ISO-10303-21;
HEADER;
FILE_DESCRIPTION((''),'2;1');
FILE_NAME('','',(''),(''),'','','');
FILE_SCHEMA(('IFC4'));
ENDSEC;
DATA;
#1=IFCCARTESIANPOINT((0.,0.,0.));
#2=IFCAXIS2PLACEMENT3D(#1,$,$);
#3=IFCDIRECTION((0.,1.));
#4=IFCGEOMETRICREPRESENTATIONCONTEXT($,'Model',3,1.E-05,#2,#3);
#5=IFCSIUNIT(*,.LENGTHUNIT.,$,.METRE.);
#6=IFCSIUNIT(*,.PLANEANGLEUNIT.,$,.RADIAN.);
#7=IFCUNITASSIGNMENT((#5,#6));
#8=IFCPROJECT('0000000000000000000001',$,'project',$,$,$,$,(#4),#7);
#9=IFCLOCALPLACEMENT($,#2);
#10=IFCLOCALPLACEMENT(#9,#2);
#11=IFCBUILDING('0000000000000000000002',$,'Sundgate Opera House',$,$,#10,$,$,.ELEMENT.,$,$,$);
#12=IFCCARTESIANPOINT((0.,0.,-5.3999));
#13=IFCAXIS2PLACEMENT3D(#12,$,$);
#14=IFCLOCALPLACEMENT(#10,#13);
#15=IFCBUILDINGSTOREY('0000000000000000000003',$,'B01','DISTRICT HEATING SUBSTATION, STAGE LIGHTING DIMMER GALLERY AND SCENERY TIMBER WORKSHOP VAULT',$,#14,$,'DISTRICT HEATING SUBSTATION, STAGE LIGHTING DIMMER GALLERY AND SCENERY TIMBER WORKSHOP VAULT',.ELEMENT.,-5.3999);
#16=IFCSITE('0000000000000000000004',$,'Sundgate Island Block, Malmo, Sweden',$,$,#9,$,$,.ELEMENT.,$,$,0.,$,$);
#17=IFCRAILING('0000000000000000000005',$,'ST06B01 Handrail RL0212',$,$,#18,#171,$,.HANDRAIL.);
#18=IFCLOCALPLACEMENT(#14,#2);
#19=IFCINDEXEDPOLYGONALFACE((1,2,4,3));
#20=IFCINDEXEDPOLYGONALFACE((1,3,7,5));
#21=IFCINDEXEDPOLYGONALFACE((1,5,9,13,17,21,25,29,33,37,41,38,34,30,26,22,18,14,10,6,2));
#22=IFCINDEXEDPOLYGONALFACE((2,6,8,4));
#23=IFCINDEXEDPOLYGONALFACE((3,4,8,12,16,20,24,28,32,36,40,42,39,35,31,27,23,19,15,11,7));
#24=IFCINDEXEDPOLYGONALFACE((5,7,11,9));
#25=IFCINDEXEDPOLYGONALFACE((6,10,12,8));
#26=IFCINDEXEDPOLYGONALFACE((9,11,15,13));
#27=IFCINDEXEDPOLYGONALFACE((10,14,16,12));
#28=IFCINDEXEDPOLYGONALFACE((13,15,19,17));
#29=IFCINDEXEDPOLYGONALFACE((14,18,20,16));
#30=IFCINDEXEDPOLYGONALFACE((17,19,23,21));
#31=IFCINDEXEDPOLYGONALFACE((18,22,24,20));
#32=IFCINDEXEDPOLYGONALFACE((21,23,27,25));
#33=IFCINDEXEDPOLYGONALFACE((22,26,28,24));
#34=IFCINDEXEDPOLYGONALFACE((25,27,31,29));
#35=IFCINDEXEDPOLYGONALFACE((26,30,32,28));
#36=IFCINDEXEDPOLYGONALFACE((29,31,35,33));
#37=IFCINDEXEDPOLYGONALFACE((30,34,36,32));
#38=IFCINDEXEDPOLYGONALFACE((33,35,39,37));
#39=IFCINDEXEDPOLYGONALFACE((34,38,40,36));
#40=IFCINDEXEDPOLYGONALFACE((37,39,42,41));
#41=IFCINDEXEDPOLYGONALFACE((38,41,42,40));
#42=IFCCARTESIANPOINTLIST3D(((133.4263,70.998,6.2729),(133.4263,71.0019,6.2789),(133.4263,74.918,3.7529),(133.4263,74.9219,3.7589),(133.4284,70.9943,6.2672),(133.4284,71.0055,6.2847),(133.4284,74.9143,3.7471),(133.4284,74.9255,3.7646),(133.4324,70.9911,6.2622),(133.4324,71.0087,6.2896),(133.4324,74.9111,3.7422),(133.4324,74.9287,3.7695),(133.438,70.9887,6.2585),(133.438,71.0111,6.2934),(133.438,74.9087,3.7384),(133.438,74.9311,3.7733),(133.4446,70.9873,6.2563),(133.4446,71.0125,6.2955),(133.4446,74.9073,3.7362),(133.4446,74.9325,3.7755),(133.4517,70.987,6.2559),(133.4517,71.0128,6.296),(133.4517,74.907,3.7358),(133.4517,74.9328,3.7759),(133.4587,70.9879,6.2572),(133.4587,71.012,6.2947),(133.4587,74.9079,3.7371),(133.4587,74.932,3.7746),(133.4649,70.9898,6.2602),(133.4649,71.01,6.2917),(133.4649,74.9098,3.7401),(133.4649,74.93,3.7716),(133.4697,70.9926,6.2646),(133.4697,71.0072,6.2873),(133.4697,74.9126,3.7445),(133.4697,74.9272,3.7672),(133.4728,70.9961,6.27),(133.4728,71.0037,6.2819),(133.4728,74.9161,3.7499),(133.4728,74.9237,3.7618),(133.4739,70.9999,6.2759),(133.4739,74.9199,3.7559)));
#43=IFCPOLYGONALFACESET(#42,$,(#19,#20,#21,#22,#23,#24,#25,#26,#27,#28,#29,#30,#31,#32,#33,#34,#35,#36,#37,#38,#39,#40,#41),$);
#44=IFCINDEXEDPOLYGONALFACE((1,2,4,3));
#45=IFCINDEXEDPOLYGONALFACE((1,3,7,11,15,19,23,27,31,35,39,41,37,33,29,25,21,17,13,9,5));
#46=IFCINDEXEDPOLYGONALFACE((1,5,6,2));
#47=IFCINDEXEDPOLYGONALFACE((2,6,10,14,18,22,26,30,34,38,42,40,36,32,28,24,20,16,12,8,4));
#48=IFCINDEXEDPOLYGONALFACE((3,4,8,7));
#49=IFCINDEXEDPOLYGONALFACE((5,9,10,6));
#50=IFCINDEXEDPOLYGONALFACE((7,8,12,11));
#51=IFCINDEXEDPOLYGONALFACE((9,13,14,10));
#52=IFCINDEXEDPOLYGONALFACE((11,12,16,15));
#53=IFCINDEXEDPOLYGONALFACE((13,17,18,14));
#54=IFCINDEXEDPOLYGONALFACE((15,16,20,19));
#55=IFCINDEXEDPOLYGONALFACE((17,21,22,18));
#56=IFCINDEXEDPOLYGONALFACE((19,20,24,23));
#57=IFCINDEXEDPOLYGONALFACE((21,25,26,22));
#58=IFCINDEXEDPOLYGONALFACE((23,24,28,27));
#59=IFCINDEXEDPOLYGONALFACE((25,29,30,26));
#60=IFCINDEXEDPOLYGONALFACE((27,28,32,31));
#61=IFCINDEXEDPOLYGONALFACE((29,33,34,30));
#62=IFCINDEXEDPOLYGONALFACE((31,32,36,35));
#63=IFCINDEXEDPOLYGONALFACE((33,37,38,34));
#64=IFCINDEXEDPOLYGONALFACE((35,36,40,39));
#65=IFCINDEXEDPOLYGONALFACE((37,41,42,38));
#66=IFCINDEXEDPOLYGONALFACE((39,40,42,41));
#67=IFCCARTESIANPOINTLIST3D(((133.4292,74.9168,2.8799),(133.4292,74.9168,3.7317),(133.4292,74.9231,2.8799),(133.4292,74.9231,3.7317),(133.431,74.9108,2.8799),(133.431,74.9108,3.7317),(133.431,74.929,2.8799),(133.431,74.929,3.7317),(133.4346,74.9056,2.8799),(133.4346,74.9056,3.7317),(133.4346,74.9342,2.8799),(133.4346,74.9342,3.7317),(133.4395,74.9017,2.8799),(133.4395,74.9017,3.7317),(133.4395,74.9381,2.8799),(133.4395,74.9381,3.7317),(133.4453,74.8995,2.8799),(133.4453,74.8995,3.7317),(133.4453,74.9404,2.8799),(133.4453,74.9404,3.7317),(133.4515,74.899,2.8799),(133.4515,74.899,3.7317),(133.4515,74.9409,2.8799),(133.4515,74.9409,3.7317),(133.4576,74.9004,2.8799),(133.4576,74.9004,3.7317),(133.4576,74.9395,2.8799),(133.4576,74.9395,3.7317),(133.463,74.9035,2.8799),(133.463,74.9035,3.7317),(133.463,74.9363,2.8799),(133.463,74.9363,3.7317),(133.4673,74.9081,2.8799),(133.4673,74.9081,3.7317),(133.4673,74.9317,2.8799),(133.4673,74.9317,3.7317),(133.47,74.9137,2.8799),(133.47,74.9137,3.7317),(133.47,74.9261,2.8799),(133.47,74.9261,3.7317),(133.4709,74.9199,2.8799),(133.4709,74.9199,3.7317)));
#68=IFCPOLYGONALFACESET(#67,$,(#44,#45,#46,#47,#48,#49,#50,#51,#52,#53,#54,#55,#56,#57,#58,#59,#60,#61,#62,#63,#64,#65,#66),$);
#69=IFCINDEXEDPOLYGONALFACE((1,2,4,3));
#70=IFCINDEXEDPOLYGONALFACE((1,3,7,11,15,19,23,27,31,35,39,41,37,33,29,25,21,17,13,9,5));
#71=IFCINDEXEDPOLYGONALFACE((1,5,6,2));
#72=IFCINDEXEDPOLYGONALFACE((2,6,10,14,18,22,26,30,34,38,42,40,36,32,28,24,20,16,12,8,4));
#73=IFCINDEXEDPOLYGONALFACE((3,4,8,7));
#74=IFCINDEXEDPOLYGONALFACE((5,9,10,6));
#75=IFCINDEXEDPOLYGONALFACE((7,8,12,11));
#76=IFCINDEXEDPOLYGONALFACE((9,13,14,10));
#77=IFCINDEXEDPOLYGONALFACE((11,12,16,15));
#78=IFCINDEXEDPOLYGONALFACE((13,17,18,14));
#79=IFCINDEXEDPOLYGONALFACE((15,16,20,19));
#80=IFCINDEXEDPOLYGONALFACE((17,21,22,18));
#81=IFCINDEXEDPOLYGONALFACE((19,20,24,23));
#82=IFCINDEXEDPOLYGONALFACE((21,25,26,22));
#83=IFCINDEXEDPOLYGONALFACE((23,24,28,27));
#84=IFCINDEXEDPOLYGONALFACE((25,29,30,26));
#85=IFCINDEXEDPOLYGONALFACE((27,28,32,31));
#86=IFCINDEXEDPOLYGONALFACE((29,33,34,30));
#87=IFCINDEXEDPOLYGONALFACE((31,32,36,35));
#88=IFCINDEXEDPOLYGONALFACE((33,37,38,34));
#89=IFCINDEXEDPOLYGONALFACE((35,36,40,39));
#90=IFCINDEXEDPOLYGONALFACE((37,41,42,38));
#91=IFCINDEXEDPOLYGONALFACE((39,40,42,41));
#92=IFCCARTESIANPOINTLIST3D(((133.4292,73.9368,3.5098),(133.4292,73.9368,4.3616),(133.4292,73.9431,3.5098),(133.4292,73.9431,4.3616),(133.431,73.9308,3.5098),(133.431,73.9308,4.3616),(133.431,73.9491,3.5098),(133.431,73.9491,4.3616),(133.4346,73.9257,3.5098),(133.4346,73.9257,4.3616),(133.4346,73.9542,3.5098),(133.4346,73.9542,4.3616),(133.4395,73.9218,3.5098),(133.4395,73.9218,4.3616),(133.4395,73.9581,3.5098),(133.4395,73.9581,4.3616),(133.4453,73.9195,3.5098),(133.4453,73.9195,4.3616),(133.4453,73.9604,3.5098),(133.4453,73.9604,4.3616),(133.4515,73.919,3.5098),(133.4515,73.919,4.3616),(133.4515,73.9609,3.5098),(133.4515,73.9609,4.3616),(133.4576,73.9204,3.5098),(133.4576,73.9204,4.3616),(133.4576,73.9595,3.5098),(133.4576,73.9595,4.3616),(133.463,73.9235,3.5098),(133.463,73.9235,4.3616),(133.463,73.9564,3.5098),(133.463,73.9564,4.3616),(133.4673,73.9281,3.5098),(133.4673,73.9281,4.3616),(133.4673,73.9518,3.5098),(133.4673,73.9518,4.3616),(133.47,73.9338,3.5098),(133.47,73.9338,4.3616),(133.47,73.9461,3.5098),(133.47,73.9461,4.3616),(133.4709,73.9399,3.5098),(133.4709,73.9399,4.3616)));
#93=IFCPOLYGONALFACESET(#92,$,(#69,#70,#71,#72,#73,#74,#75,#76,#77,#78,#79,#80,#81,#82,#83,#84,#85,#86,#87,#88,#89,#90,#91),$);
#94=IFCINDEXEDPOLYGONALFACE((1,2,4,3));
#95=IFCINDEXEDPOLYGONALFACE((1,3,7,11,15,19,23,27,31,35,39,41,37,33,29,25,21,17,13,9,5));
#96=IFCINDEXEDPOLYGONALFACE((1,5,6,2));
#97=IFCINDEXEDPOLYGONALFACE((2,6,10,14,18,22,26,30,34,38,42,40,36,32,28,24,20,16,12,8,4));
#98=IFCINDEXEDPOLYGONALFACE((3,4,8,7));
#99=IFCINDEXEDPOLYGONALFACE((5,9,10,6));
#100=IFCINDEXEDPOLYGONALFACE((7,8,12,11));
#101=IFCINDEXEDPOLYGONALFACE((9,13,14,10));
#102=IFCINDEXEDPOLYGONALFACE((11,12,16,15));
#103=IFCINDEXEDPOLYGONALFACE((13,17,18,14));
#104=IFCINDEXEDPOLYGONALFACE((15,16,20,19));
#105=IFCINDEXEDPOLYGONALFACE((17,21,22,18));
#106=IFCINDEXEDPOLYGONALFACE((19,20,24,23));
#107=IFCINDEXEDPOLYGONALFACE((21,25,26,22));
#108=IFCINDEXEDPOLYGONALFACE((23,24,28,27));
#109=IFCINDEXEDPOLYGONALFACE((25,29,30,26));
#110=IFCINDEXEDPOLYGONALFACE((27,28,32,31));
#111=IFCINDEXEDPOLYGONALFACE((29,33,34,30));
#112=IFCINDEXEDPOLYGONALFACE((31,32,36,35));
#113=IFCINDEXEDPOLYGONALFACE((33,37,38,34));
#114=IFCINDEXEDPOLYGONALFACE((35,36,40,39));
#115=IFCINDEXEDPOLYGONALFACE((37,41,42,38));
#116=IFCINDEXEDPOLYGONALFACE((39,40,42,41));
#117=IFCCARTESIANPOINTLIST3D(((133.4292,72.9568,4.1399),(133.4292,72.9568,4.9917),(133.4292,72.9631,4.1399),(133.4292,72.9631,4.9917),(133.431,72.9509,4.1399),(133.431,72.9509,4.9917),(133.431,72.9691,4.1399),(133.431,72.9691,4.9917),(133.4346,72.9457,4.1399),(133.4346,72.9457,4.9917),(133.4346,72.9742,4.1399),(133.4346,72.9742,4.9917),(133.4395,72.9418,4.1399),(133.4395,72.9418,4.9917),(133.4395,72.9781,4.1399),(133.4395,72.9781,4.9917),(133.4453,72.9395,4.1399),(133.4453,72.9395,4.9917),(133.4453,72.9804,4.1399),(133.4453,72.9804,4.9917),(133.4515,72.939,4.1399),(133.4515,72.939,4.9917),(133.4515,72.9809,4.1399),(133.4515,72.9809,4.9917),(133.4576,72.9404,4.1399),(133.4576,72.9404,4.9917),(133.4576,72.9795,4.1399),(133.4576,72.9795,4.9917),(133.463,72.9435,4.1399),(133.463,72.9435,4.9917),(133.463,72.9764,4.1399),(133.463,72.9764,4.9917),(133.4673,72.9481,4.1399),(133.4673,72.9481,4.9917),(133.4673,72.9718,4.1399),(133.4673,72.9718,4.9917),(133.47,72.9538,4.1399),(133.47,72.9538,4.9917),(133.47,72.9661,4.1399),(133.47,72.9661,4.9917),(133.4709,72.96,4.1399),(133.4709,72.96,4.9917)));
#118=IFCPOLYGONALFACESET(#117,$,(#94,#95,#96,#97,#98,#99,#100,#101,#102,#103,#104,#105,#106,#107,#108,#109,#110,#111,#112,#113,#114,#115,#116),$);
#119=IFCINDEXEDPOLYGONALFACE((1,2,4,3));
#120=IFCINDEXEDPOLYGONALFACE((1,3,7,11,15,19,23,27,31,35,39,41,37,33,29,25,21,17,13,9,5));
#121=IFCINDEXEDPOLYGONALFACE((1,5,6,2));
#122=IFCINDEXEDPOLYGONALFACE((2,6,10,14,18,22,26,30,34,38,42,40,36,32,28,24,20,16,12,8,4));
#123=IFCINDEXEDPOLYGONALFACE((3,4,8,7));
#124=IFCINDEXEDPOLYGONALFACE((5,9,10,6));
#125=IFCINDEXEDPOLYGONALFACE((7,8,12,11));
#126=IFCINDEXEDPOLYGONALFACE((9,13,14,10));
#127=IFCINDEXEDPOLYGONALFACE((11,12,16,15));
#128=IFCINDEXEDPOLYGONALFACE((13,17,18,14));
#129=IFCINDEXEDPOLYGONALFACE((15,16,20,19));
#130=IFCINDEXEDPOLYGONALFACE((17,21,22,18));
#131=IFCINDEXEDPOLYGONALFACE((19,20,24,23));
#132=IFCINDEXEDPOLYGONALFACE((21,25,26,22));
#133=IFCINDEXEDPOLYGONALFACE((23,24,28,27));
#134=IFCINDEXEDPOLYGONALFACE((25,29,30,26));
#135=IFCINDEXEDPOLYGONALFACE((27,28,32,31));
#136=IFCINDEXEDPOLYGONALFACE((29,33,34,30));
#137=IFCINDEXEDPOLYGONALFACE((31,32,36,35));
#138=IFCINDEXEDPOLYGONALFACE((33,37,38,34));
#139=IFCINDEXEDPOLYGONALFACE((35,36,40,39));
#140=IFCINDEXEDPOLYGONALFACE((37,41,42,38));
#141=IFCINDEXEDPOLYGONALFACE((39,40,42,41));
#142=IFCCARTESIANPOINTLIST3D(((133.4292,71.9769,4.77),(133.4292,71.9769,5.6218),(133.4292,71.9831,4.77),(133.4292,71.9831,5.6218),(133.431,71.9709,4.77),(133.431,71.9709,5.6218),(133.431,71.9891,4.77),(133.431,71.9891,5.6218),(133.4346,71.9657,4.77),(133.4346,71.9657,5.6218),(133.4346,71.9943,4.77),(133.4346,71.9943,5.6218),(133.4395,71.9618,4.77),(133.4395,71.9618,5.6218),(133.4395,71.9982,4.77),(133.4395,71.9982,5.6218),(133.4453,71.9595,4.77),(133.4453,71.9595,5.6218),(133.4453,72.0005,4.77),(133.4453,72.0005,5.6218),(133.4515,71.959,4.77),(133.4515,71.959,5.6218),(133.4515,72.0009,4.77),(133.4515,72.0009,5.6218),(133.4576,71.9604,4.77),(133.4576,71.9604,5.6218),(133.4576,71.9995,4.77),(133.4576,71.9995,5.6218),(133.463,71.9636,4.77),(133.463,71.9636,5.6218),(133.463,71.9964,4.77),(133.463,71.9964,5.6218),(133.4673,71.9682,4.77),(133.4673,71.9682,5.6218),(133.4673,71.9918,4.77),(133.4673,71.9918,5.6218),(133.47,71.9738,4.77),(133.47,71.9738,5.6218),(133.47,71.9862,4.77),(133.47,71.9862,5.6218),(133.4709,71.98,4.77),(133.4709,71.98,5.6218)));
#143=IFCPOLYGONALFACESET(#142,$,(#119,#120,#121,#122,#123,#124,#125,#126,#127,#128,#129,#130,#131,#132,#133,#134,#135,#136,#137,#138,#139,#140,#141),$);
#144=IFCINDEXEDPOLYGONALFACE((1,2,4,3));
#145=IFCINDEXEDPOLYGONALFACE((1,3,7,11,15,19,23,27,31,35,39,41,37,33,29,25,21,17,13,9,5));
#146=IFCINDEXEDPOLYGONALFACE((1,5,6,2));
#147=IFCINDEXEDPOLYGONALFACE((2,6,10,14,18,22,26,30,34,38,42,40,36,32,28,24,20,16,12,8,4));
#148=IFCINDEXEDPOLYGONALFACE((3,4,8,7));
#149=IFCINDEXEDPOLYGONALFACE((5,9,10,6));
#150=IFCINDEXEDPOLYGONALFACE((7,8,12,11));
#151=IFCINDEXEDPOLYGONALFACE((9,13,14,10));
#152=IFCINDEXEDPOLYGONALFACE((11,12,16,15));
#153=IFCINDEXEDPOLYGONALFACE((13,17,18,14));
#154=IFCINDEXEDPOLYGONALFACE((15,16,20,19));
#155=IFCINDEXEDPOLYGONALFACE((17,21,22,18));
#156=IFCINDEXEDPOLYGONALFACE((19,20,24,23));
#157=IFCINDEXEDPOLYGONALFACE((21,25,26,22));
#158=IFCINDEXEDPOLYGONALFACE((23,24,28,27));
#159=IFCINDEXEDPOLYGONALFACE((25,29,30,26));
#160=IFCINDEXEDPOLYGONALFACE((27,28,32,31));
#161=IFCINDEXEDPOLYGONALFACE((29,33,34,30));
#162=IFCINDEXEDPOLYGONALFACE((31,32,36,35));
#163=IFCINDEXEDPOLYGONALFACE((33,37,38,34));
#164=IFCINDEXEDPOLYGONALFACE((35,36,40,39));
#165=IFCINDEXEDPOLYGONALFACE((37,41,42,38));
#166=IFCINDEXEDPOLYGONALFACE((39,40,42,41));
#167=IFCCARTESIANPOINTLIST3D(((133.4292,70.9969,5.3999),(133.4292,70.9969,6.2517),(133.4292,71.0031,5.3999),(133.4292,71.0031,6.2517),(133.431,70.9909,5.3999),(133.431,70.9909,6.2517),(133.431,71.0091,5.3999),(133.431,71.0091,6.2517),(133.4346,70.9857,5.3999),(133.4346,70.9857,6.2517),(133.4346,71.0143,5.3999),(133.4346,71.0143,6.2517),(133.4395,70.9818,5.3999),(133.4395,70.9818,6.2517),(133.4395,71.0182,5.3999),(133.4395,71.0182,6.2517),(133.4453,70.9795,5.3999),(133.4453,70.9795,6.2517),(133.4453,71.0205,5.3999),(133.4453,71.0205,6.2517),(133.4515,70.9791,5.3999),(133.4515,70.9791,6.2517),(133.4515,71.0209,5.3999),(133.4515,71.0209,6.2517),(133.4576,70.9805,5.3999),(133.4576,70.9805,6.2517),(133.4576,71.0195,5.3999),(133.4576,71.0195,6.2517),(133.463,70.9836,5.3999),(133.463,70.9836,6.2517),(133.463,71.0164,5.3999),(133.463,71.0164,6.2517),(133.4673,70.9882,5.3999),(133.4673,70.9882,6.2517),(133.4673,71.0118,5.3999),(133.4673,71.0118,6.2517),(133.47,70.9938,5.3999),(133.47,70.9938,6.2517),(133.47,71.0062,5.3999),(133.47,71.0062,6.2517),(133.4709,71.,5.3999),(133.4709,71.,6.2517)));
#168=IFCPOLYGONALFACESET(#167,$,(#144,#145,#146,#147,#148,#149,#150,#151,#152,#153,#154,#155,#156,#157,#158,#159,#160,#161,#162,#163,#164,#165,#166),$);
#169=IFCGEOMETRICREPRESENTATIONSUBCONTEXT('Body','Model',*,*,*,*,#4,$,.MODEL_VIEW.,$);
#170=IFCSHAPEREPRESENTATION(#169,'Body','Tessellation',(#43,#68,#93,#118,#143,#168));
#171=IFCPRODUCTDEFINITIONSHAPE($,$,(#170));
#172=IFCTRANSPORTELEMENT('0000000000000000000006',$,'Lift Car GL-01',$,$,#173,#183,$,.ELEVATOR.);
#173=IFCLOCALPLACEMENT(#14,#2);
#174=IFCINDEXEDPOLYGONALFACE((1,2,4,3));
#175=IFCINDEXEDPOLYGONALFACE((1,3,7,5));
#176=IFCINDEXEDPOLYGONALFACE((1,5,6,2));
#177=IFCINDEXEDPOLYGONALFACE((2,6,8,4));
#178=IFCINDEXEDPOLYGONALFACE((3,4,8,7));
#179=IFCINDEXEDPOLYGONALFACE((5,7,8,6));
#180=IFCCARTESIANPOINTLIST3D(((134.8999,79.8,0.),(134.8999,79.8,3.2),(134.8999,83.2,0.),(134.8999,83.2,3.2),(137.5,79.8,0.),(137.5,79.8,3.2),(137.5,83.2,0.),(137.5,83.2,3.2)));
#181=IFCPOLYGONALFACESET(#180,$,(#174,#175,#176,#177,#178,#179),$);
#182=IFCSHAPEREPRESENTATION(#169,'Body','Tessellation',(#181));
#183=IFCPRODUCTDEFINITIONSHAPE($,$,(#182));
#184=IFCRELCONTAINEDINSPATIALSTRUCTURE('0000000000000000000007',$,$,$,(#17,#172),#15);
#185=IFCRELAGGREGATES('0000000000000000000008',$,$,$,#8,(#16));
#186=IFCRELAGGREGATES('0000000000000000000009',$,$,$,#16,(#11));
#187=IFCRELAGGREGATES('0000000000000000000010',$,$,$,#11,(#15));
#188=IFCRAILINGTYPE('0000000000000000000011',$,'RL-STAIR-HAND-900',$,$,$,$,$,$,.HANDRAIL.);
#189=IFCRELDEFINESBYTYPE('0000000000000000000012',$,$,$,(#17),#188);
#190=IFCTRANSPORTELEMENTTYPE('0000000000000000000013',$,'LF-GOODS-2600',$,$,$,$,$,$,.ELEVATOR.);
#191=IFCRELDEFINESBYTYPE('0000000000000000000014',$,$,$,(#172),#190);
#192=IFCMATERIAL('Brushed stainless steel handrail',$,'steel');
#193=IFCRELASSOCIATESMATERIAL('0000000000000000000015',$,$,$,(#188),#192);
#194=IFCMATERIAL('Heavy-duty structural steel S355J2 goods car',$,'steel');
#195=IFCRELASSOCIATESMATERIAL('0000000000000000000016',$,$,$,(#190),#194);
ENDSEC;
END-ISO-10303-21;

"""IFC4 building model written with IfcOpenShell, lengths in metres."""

from ifc_helpers import new_model, si_unit, direction, frame, origin, origin_2d, place, context, subcontext, project, spatial, rectangle, circle, extrude, material, type_object, element, save


model = new_model("IFC4")

# Units and contexts
model_context = context("Model", 3, precision=1e-05, world=origin(), true_north=direction((0.0, 1.0)))
body_context = subcontext(model_context, "Body", "Model", "MODEL_VIEW")
ifc_project = project(units=[si_unit("LENGTHUNIT", "METRE"), si_unit("PLANEANGLEUNIT", "RADIAN")], contexts=[model_context])

# Site, building, storey
site_placement = place(None, origin())
site = spatial("IfcSite", under=ifc_project, at=site_placement, Name="Sundgate Island Block, Malmo, Sweden", CompositionType="ELEMENT", RefElevation=0.0)
building_placement = place(site_placement, origin())
building = spatial("IfcBuilding", under=site, at=building_placement, Name="Sundgate Opera House", CompositionType="ELEMENT")
storey_placement = place(building_placement, frame((0.0, 0.0, -5.3999)))
storey = spatial("IfcBuildingStorey", under=building, at=storey_placement, Name="B01", Description="DISTRICT HEATING SUBSTATION, STAGE LIGHTING DIMMER GALLERY AND SCENERY TIMBER WORKSHOP VAULT", LongName="DISTRICT HEATING SUBSTATION, STAGE LIGHTING DIMMER GALLERY AND SCENERY TIMBER WORKSHOP VAULT", CompositionType="ELEMENT", Elevation=-5.3999)

# Railing
ifc_material_1 = material(Name="Brushed stainless steel handrail", Category="steel")
railing_type_1 = type_object("IfcRailingType", Name="RL-STAIR-HAND-900", PredefinedType="HANDRAIL", material=ifc_material_1)
railing_1_placement = place(storey_placement, frame((133.45, 74.9199, 2.8799)))
element("IfcRailing", 1, at=railing_1_placement, inside=storey, type_object=railing_type_1, Name="ST06B01 Handrail RL0212", PredefinedType="HANDRAIL", context=body_context, shape_type="SweptSolid", body=[
    extrude(circle(Radius=0.0239, at=origin_2d()), frame((0.0, 0.0, 0.876), z_axis=(0.0, -0.841172, 0.540768), x_axis=(1.0, 0.0, 0.0)), (0.0, 0.0, 1.0), 4.6602),
    extrude(circle(Radius=0.021, at=origin_2d()), origin(), (0.0, 0.0, 1.0), 0.8518),
    extrude(circle(Radius=0.021, at=origin_2d()), frame((0.0, -0.98, 0.6299)), (0.0, 0.0, 1.0), 0.8518),
    extrude(circle(Radius=0.021, at=origin_2d()), frame((0.0, -1.96, 1.26)), (0.0, 0.0, 1.0), 0.8518),
    extrude(circle(Radius=0.021, at=origin_2d()), frame((0.0, -2.9399, 1.8901)), (0.0, 0.0, 1.0), 0.8518),
    extrude(circle(Radius=0.021, at=origin_2d()), frame((0.0, -3.9199, 2.52)), (0.0, 0.0, 1.0), 0.8518),
])

# Transport element
ifc_material_2 = material(Name="Heavy-duty structural steel S355J2 goods car", Category="steel")
transport_element_type = type_object("IfcTransportElementType", Name="LF-GOODS-2600", PredefinedType="ELEVATOR", material=ifc_material_2)
transport_element_placement = place(storey_placement, frame((136.2, 81.5, 0.0), z_axis=(0.0, 0.0, 1.0), x_axis=(1.0, 0.0, 0.0)))
element("IfcTransportElement", 2, at=transport_element_placement, inside=storey, type_object=transport_element_type, Name="Lift Car GL-01", PredefinedType="ELEVATOR", context=body_context, shape_type="SweptSolid", body=[
    extrude(rectangle(XDim=2.6001, YDim=3.3999, at=origin_2d()), origin(), (0.0, 0.0, 1.0), 3.2),
])

save(model, "model.ifc")
